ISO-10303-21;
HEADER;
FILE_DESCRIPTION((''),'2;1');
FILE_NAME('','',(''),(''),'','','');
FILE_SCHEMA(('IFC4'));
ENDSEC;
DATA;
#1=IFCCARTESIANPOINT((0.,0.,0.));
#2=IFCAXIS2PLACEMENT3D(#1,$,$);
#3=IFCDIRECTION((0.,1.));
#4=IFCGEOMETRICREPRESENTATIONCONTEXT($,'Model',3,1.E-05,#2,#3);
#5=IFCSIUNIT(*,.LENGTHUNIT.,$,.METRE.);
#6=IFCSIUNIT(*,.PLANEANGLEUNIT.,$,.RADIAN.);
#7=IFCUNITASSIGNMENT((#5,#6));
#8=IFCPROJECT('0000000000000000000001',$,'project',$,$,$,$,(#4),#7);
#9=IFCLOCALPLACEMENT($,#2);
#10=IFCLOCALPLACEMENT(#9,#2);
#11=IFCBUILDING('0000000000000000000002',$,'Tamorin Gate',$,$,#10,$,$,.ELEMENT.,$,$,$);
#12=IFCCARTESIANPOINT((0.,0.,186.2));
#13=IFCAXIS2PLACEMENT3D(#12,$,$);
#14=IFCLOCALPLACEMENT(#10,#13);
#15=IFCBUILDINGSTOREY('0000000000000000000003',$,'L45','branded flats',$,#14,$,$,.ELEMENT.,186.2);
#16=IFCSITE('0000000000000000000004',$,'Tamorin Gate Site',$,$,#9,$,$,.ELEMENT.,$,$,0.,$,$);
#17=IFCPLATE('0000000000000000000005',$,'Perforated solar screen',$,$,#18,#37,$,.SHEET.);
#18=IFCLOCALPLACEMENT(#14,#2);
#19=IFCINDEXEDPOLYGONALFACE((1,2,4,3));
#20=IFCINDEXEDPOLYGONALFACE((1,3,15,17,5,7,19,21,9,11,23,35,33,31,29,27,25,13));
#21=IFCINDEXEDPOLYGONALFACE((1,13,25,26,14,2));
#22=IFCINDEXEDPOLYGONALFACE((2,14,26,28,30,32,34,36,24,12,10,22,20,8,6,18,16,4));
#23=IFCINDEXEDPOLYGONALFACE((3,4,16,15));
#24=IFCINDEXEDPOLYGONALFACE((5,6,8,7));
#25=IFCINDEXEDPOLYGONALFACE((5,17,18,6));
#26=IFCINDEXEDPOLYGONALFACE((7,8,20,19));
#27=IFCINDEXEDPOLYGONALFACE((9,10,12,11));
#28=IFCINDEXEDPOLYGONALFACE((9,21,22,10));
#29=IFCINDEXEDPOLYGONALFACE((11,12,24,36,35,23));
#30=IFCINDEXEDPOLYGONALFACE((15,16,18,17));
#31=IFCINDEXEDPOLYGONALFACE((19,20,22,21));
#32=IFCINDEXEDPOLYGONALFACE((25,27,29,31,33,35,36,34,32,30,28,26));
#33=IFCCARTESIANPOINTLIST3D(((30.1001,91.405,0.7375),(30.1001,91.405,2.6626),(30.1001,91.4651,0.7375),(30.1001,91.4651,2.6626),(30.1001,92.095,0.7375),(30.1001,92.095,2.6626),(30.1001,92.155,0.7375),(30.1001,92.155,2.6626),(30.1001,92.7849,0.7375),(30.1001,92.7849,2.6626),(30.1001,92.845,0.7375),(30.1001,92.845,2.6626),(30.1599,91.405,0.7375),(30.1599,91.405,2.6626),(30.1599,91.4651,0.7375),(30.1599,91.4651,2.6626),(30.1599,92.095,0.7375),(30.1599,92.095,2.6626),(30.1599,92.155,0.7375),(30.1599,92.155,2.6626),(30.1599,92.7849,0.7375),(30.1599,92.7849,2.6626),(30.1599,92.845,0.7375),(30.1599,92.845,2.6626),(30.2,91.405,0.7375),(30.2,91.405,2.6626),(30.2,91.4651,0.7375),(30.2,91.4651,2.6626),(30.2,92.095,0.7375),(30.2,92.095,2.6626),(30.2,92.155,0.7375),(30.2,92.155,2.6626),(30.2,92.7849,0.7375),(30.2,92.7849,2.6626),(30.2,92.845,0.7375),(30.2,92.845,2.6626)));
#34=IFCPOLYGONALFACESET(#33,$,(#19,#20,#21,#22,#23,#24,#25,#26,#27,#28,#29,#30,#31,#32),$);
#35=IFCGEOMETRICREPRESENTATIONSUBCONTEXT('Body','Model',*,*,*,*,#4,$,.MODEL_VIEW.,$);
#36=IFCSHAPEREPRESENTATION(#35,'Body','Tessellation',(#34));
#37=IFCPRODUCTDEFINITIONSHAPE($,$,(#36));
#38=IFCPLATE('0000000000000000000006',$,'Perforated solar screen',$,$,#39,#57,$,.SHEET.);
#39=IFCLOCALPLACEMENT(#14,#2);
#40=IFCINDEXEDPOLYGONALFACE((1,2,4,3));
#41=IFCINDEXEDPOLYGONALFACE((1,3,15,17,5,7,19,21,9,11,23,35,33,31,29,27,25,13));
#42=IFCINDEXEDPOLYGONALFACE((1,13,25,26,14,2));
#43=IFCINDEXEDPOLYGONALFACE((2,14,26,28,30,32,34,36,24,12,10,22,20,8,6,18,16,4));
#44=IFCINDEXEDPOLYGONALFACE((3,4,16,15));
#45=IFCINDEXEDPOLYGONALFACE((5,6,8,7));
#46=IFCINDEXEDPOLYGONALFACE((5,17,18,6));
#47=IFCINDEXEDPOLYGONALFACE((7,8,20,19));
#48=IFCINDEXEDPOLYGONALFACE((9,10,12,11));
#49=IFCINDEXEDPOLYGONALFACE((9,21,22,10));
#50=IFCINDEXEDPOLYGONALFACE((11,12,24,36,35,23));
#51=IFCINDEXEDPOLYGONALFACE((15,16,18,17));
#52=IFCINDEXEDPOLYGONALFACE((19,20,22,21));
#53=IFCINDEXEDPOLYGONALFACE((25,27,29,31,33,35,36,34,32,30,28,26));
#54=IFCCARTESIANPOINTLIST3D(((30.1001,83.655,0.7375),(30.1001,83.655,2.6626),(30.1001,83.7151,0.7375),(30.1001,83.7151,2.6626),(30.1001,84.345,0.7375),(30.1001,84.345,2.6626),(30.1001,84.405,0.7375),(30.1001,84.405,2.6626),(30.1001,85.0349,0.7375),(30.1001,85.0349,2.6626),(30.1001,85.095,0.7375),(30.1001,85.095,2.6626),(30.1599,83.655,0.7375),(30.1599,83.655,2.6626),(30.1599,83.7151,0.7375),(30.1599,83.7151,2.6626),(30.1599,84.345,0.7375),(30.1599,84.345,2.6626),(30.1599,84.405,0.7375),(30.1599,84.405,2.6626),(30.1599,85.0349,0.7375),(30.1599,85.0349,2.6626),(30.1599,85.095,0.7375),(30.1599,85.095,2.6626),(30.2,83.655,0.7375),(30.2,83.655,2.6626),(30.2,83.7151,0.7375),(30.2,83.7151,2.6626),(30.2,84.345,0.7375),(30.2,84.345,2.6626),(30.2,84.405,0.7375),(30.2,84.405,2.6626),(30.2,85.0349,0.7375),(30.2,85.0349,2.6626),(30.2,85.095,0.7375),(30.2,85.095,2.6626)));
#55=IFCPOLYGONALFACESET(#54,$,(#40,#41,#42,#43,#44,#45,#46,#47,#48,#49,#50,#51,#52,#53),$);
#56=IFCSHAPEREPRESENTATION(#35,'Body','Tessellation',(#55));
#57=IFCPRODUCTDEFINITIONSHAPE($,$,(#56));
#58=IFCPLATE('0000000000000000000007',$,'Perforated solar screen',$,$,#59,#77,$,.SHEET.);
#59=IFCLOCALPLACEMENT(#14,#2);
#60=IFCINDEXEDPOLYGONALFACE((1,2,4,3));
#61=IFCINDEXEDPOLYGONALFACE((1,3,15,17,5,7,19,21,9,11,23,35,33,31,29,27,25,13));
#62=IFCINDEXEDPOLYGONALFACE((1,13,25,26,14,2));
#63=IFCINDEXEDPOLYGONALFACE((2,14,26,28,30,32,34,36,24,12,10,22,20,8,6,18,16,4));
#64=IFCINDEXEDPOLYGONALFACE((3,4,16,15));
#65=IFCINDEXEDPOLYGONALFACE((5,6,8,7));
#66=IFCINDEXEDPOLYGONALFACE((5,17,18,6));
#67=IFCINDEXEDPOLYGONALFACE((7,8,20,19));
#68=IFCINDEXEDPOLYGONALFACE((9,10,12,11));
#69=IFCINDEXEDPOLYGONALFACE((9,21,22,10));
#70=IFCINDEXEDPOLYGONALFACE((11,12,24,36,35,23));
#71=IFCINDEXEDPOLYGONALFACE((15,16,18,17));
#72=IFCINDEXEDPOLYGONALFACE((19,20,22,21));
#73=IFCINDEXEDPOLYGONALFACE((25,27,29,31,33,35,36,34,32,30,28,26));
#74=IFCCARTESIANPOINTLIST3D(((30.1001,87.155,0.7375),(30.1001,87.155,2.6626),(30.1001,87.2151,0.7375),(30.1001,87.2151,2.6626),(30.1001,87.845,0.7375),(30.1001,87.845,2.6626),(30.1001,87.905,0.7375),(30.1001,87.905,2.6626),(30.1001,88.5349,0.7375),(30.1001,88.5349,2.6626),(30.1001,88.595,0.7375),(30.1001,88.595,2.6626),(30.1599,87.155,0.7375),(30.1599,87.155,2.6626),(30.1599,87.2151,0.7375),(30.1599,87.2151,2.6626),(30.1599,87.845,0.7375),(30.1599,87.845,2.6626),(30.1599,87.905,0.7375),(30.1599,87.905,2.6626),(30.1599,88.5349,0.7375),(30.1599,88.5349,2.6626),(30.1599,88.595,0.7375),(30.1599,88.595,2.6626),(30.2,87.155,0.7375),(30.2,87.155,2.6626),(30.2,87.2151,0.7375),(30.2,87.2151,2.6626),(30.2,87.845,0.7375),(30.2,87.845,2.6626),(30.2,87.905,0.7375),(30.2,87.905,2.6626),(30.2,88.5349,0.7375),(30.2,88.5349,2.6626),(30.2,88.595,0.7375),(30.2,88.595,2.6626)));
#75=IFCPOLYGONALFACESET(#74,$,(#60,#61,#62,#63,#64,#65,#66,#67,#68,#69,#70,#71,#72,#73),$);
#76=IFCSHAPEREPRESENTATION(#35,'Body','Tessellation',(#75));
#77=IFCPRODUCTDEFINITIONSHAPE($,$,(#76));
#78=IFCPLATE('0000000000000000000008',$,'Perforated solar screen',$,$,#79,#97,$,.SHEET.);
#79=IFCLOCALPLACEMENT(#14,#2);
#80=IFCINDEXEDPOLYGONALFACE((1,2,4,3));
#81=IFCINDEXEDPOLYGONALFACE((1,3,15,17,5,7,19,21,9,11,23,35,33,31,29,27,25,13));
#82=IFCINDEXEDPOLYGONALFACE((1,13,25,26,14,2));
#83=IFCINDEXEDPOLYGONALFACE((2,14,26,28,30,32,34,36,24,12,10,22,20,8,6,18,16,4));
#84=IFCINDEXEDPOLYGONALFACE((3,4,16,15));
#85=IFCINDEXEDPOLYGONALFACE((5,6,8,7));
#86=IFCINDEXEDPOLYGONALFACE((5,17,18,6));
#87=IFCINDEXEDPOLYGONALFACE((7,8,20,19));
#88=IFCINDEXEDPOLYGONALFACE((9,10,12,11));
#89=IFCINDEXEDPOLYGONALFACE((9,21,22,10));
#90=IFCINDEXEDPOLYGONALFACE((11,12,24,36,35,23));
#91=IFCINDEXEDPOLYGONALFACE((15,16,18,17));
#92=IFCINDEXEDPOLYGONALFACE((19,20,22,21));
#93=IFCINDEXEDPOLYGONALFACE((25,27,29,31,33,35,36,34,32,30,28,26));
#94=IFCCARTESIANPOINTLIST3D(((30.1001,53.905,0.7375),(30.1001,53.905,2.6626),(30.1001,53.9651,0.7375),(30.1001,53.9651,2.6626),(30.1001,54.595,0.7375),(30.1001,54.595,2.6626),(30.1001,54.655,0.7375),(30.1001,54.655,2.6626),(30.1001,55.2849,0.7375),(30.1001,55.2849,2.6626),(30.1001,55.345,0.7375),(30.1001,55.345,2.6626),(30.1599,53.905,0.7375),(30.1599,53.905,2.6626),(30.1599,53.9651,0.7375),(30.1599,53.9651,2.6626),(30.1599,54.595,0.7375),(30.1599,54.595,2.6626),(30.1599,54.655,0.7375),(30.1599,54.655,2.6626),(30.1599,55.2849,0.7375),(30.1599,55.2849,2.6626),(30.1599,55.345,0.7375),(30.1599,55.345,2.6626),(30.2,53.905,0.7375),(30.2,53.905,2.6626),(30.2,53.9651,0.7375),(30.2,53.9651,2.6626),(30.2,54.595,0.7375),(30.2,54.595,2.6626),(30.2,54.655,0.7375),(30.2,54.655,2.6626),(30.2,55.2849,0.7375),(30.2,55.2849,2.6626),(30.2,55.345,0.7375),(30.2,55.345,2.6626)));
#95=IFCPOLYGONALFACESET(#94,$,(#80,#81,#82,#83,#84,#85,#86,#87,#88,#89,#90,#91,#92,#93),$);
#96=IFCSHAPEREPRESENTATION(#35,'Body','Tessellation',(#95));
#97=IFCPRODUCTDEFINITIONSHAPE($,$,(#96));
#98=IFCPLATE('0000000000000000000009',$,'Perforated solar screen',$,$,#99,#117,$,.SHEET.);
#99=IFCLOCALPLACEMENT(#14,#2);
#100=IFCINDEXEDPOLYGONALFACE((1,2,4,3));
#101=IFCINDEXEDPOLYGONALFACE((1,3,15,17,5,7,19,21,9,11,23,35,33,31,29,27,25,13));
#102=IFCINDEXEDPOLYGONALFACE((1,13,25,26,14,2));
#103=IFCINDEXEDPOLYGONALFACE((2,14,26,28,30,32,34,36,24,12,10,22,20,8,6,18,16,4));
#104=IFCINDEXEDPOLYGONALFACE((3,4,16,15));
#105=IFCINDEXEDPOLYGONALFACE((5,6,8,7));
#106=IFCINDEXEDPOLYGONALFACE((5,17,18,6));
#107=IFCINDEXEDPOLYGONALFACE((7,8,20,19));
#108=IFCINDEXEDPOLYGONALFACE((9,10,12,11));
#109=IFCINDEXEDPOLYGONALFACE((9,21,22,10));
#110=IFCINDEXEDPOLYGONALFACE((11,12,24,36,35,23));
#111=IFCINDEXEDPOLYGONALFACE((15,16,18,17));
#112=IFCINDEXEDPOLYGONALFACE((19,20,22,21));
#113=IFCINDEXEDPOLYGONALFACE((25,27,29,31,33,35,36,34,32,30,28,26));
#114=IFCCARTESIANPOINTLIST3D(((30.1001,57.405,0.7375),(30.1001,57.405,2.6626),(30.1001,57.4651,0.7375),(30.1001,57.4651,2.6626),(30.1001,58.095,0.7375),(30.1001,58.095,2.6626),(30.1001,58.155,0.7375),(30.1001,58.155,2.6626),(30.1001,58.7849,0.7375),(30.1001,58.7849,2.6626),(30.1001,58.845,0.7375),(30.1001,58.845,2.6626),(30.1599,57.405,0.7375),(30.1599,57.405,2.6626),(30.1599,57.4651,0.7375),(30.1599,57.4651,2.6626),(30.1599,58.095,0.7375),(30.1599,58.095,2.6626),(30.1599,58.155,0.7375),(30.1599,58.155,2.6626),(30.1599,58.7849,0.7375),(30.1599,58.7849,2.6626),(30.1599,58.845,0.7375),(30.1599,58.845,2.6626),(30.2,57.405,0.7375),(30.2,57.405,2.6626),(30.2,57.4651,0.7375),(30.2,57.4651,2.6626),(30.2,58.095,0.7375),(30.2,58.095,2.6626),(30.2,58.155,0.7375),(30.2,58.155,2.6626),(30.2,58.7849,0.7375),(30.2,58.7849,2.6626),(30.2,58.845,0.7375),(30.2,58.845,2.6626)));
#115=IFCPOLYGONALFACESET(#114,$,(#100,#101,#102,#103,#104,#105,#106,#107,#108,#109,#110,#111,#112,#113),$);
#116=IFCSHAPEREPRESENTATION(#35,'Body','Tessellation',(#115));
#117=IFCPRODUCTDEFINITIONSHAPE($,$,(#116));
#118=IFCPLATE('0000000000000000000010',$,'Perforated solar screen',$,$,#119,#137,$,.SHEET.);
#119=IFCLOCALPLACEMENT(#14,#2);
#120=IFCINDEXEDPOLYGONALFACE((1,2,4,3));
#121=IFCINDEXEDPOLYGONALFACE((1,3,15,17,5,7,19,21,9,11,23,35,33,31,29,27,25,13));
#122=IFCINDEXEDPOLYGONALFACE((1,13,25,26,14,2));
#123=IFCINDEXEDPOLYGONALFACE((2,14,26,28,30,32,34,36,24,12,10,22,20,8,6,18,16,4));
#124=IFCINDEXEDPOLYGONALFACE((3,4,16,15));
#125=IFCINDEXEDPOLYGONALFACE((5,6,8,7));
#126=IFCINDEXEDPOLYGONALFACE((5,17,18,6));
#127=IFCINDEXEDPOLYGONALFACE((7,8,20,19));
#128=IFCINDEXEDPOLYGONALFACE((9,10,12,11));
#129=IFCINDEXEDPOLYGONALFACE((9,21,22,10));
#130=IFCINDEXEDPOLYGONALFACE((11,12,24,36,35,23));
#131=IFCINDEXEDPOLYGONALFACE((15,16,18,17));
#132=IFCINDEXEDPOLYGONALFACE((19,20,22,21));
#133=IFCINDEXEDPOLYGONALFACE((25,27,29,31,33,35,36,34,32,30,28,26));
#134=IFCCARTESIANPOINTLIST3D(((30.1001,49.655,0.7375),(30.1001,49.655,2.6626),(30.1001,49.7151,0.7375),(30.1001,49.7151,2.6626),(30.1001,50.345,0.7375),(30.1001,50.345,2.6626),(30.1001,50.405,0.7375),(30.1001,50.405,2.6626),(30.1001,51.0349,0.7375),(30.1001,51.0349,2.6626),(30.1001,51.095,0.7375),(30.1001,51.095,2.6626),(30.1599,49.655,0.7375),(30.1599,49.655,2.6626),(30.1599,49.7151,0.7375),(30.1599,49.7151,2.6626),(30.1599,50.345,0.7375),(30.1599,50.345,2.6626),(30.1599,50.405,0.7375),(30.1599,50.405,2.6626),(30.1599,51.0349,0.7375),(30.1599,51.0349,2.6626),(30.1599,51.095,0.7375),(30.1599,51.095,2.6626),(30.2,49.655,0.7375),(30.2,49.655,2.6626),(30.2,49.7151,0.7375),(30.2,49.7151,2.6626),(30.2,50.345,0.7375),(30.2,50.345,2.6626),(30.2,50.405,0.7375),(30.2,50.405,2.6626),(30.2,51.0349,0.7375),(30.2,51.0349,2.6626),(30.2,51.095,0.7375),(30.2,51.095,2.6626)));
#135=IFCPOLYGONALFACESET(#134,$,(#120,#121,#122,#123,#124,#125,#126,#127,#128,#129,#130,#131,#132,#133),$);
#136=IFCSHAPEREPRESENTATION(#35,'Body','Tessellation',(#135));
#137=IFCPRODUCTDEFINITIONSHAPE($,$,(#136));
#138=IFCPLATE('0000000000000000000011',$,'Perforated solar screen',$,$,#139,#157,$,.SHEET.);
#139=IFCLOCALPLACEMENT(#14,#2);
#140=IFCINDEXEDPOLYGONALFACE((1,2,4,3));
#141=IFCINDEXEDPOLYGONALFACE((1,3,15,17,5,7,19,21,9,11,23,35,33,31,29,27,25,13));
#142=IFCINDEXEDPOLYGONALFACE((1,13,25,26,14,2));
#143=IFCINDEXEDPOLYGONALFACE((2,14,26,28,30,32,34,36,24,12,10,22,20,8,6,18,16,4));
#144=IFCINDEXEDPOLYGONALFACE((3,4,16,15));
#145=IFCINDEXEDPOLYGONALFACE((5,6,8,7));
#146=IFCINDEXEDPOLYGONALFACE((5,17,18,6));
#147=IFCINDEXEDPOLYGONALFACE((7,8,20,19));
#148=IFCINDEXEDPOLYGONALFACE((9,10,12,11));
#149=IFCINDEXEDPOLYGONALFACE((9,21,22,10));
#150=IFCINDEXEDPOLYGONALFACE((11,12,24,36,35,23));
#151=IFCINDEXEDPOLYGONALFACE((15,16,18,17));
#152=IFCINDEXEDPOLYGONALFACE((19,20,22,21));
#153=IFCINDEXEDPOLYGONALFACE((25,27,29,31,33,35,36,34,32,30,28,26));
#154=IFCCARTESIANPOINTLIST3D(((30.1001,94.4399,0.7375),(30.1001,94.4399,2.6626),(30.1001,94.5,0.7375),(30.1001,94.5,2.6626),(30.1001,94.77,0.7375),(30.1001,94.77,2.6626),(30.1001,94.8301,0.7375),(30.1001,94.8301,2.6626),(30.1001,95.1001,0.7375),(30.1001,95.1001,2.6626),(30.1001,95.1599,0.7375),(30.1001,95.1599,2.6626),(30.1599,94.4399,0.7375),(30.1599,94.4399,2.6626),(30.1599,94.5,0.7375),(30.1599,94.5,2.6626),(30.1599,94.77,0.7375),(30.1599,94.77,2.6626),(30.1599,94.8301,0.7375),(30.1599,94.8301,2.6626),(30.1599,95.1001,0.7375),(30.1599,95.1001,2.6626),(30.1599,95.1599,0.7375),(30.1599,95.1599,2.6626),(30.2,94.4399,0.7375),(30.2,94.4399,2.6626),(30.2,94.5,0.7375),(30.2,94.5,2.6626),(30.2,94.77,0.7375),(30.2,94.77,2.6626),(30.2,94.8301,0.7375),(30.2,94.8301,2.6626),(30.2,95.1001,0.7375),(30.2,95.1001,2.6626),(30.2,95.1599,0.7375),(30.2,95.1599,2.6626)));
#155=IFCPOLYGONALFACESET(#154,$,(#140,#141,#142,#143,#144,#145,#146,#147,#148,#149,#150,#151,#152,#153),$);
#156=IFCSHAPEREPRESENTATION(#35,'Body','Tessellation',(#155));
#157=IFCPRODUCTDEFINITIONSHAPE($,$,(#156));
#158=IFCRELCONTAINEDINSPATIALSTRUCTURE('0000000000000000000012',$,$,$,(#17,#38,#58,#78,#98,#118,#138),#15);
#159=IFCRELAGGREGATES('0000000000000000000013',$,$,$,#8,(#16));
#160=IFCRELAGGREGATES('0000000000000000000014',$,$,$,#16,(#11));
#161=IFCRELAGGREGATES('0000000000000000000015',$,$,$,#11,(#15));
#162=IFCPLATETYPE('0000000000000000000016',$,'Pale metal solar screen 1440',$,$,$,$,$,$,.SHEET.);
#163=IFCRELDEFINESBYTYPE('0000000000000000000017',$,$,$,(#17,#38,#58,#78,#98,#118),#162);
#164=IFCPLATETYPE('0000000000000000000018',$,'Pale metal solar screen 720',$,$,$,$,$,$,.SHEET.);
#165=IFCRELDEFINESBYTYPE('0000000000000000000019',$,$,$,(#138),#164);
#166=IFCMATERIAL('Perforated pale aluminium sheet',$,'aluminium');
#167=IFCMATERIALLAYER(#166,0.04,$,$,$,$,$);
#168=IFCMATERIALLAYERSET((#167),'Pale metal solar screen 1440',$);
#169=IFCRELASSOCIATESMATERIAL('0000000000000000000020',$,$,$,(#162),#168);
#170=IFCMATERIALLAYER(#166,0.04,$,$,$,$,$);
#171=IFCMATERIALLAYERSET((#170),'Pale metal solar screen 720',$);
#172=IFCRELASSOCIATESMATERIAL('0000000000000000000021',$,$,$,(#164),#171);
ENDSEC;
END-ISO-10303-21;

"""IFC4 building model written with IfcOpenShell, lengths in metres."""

from ifc_helpers import new_model, si_unit, direction, frame, origin, place, context, subcontext, project, spatial, polyline, outline, extrude, material, layer, layer_set, type_object, element, save


model = new_model("IFC4")

# Units and contexts
model_context = context("Model", 3, precision=1e-05, world=origin(), true_north=direction((0.0, 1.0)))
body_context = subcontext(model_context, "Body", "Model", "MODEL_VIEW")
ifc_project = project(units=[si_unit("LENGTHUNIT", "METRE"), si_unit("PLANEANGLEUNIT", "RADIAN")], contexts=[model_context])

# Site, building, storey
site_placement = place(None, origin())
site = spatial("IfcSite", under=ifc_project, at=site_placement, Name="Tamorin Gate Site", CompositionType="ELEMENT", RefElevation=0.0)
building_placement = place(site_placement, origin())
building = spatial("IfcBuilding", under=site, at=building_placement, Name="Tamorin Gate", CompositionType="ELEMENT")
storey_placement = place(building_placement, frame((0.0, 0.0, 186.2)))
storey = spatial("IfcBuildingStorey", under=building, at=storey_placement, Name="L45", Description="branded flats", CompositionType="ELEMENT", Elevation=186.2)

# Plates
ifc_material_1 = material(Name="Perforated pale aluminium sheet", Category="aluminium")
ifc_layer_1 = layer(ifc_material_1, 0.04)
ifc_layer_set_1 = layer_set([ifc_layer_1], Name="Pale metal solar screen 1440")
plate_type_1 = type_object("IfcPlateType", Name="Pale metal solar screen 1440", PredefinedType="SHEET", material=ifc_layer_set_1)
plate_1_placement = place(storey_placement, frame((0.0, 0.0, 0.7375)))
element("IfcPlate", 1, at=plate_1_placement, inside=storey, type_object=plate_type_1, Name="Perforated solar screen", PredefinedType="SHEET", context=body_context, shape_type="SweptSolid", body=[
    extrude(outline(polyline([(30.1599, 92.845), (30.2, 92.845), (30.2, 92.7849), (30.2, 92.155), (30.2, 92.095), (30.2, 91.4651), (30.2, 91.405), (30.2, 91.405), (30.1599, 91.405), (30.1599, 91.405), (30.1001, 91.405), (30.1001, 91.4651), (30.1599, 91.4651), (30.1599, 92.095), (30.1001, 92.095), (30.1001, 92.155), (30.1599, 92.155), (30.1599, 92.7849), (30.1001, 92.7849), (30.1001, 92.845), (30.1599, 92.845)])), origin(), (0.0, 0.0, 1.0), 1.925),
])
plate_2_placement = place(storey_placement, frame((0.0, 0.0, 0.7375)))
element("IfcPlate", 2, at=plate_2_placement, inside=storey, type_object=plate_type_1, Name="Perforated solar screen", PredefinedType="SHEET", context=body_context, shape_type="SweptSolid", body=[
    extrude(outline(polyline([(30.1599, 85.095), (30.2, 85.095), (30.2, 85.0349), (30.2, 84.405), (30.2, 84.345), (30.2, 83.7151), (30.2, 83.655), (30.1599, 83.655), (30.1001, 83.655), (30.1001, 83.7151), (30.1599, 83.7151), (30.1599, 84.345), (30.1001, 84.345), (30.1001, 84.405), (30.1599, 84.405), (30.1599, 85.0349), (30.1001, 85.0349), (30.1001, 85.095), (30.1599, 85.095)])), origin(), (0.0, 0.0, 1.0), 1.925),
])
plate_3_placement = place(storey_placement, frame((0.0, 0.0, 0.7375)))
element("IfcPlate", 3, at=plate_3_placement, inside=storey, type_object=plate_type_1, Name="Perforated solar screen", PredefinedType="SHEET", context=body_context, shape_type="SweptSolid", body=[
    extrude(outline(polyline([(30.1599, 88.595), (30.2, 88.595), (30.2, 88.5349), (30.2, 87.905), (30.2, 87.845), (30.2, 87.2151), (30.2, 87.155), (30.1599, 87.155), (30.1001, 87.155), (30.1001, 87.2151), (30.1599, 87.2151), (30.1599, 87.845), (30.1001, 87.845), (30.1001, 87.905), (30.1599, 87.905), (30.1599, 88.5349), (30.1001, 88.5349), (30.1001, 88.595), (30.1599, 88.595)])), origin(), (0.0, 0.0, 1.0), 1.925),
])
plate_4_placement = place(storey_placement, frame((0.0, 0.0, 0.7375)))
element("IfcPlate", 4, at=plate_4_placement, inside=storey, type_object=plate_type_1, Name="Perforated solar screen", PredefinedType="SHEET", context=body_context, shape_type="SweptSolid", body=[
    extrude(outline(polyline([(30.1599, 55.345), (30.2, 55.345), (30.2, 55.2849), (30.2, 54.655), (30.2, 54.595), (30.2, 53.9651), (30.2, 53.905), (30.1599, 53.905), (30.1001, 53.905), (30.1001, 53.9651), (30.1599, 53.9651), (30.1599, 54.595), (30.1001, 54.595), (30.1001, 54.655), (30.1599, 54.655), (30.1599, 55.2849), (30.1001, 55.2849), (30.1001, 55.345), (30.1599, 55.345)])), origin(), (0.0, 0.0, 1.0), 1.925),
])
plate_5_placement = place(storey_placement, frame((0.0, 0.0, 0.7375)))
element("IfcPlate", 5, at=plate_5_placement, inside=storey, type_object=plate_type_1, Name="Perforated solar screen", PredefinedType="SHEET", context=body_context, shape_type="SweptSolid", body=[
    extrude(outline(polyline([(30.1599, 58.845), (30.2, 58.845), (30.2, 58.7849), (30.2, 58.155), (30.2, 58.095), (30.2, 57.4651), (30.2, 57.405), (30.1599, 57.405), (30.1001, 57.405), (30.1001, 57.4651), (30.1599, 57.4651), (30.1599, 58.095), (30.1001, 58.095), (30.1001, 58.155), (30.1599, 58.155), (30.1599, 58.7849), (30.1001, 58.7849), (30.1001, 58.845), (30.1599, 58.845)])), origin(), (0.0, 0.0, 1.0), 1.925),
])
plate_6_placement = place(storey_placement, frame((0.0, 0.0, 0.7375)))
element("IfcPlate", 6, at=plate_6_placement, inside=storey, type_object=plate_type_1, Name="Perforated solar screen", PredefinedType="SHEET", context=body_context, shape_type="SweptSolid", body=[
    extrude(outline(polyline([(30.1599, 51.095), (30.2, 51.095), (30.2, 51.0349), (30.2, 50.405), (30.2, 50.345), (30.2, 49.7151), (30.2, 49.655), (30.1599, 49.655), (30.1001, 49.655), (30.1001, 49.7151), (30.1599, 49.7151), (30.1599, 50.345), (30.1001, 50.345), (30.1001, 50.405), (30.1599, 50.405), (30.1599, 51.0349), (30.1001, 51.0349), (30.1001, 51.095), (30.1599, 51.095)])), origin(), (0.0, 0.0, 1.0), 1.925),
])
ifc_layer_2 = layer(ifc_material_1, 0.04)
ifc_layer_set_2 = layer_set([ifc_layer_2], Name="Pale metal solar screen 720")
plate_type_2 = type_object("IfcPlateType", Name="Pale metal solar screen 720", PredefinedType="SHEET", material=ifc_layer_set_2)
plate_7_placement = place(storey_placement, frame((0.0, 0.0, 0.7375)))
element("IfcPlate", 7, at=plate_7_placement, inside=storey, type_object=plate_type_2, Name="Perforated solar screen", PredefinedType="SHEET", context=body_context, shape_type="SweptSolid", body=[
    extrude(outline(polyline([(30.1599, 95.1599), (30.2, 95.1599), (30.2, 95.1001), (30.2, 94.8301), (30.2, 94.77), (30.2, 94.5), (30.2, 94.4399), (30.1599, 94.4399), (30.1001, 94.4399), (30.1001, 94.5), (30.1599, 94.5), (30.1599, 94.77), (30.1001, 94.77), (30.1001, 94.8301), (30.1599, 94.8301), (30.1599, 95.1001), (30.1001, 95.1001), (30.1001, 95.1599), (30.1599, 95.1599)])), origin(), (0.0, 0.0, 1.0), 1.925),
])

save(model, "model.ifc")
